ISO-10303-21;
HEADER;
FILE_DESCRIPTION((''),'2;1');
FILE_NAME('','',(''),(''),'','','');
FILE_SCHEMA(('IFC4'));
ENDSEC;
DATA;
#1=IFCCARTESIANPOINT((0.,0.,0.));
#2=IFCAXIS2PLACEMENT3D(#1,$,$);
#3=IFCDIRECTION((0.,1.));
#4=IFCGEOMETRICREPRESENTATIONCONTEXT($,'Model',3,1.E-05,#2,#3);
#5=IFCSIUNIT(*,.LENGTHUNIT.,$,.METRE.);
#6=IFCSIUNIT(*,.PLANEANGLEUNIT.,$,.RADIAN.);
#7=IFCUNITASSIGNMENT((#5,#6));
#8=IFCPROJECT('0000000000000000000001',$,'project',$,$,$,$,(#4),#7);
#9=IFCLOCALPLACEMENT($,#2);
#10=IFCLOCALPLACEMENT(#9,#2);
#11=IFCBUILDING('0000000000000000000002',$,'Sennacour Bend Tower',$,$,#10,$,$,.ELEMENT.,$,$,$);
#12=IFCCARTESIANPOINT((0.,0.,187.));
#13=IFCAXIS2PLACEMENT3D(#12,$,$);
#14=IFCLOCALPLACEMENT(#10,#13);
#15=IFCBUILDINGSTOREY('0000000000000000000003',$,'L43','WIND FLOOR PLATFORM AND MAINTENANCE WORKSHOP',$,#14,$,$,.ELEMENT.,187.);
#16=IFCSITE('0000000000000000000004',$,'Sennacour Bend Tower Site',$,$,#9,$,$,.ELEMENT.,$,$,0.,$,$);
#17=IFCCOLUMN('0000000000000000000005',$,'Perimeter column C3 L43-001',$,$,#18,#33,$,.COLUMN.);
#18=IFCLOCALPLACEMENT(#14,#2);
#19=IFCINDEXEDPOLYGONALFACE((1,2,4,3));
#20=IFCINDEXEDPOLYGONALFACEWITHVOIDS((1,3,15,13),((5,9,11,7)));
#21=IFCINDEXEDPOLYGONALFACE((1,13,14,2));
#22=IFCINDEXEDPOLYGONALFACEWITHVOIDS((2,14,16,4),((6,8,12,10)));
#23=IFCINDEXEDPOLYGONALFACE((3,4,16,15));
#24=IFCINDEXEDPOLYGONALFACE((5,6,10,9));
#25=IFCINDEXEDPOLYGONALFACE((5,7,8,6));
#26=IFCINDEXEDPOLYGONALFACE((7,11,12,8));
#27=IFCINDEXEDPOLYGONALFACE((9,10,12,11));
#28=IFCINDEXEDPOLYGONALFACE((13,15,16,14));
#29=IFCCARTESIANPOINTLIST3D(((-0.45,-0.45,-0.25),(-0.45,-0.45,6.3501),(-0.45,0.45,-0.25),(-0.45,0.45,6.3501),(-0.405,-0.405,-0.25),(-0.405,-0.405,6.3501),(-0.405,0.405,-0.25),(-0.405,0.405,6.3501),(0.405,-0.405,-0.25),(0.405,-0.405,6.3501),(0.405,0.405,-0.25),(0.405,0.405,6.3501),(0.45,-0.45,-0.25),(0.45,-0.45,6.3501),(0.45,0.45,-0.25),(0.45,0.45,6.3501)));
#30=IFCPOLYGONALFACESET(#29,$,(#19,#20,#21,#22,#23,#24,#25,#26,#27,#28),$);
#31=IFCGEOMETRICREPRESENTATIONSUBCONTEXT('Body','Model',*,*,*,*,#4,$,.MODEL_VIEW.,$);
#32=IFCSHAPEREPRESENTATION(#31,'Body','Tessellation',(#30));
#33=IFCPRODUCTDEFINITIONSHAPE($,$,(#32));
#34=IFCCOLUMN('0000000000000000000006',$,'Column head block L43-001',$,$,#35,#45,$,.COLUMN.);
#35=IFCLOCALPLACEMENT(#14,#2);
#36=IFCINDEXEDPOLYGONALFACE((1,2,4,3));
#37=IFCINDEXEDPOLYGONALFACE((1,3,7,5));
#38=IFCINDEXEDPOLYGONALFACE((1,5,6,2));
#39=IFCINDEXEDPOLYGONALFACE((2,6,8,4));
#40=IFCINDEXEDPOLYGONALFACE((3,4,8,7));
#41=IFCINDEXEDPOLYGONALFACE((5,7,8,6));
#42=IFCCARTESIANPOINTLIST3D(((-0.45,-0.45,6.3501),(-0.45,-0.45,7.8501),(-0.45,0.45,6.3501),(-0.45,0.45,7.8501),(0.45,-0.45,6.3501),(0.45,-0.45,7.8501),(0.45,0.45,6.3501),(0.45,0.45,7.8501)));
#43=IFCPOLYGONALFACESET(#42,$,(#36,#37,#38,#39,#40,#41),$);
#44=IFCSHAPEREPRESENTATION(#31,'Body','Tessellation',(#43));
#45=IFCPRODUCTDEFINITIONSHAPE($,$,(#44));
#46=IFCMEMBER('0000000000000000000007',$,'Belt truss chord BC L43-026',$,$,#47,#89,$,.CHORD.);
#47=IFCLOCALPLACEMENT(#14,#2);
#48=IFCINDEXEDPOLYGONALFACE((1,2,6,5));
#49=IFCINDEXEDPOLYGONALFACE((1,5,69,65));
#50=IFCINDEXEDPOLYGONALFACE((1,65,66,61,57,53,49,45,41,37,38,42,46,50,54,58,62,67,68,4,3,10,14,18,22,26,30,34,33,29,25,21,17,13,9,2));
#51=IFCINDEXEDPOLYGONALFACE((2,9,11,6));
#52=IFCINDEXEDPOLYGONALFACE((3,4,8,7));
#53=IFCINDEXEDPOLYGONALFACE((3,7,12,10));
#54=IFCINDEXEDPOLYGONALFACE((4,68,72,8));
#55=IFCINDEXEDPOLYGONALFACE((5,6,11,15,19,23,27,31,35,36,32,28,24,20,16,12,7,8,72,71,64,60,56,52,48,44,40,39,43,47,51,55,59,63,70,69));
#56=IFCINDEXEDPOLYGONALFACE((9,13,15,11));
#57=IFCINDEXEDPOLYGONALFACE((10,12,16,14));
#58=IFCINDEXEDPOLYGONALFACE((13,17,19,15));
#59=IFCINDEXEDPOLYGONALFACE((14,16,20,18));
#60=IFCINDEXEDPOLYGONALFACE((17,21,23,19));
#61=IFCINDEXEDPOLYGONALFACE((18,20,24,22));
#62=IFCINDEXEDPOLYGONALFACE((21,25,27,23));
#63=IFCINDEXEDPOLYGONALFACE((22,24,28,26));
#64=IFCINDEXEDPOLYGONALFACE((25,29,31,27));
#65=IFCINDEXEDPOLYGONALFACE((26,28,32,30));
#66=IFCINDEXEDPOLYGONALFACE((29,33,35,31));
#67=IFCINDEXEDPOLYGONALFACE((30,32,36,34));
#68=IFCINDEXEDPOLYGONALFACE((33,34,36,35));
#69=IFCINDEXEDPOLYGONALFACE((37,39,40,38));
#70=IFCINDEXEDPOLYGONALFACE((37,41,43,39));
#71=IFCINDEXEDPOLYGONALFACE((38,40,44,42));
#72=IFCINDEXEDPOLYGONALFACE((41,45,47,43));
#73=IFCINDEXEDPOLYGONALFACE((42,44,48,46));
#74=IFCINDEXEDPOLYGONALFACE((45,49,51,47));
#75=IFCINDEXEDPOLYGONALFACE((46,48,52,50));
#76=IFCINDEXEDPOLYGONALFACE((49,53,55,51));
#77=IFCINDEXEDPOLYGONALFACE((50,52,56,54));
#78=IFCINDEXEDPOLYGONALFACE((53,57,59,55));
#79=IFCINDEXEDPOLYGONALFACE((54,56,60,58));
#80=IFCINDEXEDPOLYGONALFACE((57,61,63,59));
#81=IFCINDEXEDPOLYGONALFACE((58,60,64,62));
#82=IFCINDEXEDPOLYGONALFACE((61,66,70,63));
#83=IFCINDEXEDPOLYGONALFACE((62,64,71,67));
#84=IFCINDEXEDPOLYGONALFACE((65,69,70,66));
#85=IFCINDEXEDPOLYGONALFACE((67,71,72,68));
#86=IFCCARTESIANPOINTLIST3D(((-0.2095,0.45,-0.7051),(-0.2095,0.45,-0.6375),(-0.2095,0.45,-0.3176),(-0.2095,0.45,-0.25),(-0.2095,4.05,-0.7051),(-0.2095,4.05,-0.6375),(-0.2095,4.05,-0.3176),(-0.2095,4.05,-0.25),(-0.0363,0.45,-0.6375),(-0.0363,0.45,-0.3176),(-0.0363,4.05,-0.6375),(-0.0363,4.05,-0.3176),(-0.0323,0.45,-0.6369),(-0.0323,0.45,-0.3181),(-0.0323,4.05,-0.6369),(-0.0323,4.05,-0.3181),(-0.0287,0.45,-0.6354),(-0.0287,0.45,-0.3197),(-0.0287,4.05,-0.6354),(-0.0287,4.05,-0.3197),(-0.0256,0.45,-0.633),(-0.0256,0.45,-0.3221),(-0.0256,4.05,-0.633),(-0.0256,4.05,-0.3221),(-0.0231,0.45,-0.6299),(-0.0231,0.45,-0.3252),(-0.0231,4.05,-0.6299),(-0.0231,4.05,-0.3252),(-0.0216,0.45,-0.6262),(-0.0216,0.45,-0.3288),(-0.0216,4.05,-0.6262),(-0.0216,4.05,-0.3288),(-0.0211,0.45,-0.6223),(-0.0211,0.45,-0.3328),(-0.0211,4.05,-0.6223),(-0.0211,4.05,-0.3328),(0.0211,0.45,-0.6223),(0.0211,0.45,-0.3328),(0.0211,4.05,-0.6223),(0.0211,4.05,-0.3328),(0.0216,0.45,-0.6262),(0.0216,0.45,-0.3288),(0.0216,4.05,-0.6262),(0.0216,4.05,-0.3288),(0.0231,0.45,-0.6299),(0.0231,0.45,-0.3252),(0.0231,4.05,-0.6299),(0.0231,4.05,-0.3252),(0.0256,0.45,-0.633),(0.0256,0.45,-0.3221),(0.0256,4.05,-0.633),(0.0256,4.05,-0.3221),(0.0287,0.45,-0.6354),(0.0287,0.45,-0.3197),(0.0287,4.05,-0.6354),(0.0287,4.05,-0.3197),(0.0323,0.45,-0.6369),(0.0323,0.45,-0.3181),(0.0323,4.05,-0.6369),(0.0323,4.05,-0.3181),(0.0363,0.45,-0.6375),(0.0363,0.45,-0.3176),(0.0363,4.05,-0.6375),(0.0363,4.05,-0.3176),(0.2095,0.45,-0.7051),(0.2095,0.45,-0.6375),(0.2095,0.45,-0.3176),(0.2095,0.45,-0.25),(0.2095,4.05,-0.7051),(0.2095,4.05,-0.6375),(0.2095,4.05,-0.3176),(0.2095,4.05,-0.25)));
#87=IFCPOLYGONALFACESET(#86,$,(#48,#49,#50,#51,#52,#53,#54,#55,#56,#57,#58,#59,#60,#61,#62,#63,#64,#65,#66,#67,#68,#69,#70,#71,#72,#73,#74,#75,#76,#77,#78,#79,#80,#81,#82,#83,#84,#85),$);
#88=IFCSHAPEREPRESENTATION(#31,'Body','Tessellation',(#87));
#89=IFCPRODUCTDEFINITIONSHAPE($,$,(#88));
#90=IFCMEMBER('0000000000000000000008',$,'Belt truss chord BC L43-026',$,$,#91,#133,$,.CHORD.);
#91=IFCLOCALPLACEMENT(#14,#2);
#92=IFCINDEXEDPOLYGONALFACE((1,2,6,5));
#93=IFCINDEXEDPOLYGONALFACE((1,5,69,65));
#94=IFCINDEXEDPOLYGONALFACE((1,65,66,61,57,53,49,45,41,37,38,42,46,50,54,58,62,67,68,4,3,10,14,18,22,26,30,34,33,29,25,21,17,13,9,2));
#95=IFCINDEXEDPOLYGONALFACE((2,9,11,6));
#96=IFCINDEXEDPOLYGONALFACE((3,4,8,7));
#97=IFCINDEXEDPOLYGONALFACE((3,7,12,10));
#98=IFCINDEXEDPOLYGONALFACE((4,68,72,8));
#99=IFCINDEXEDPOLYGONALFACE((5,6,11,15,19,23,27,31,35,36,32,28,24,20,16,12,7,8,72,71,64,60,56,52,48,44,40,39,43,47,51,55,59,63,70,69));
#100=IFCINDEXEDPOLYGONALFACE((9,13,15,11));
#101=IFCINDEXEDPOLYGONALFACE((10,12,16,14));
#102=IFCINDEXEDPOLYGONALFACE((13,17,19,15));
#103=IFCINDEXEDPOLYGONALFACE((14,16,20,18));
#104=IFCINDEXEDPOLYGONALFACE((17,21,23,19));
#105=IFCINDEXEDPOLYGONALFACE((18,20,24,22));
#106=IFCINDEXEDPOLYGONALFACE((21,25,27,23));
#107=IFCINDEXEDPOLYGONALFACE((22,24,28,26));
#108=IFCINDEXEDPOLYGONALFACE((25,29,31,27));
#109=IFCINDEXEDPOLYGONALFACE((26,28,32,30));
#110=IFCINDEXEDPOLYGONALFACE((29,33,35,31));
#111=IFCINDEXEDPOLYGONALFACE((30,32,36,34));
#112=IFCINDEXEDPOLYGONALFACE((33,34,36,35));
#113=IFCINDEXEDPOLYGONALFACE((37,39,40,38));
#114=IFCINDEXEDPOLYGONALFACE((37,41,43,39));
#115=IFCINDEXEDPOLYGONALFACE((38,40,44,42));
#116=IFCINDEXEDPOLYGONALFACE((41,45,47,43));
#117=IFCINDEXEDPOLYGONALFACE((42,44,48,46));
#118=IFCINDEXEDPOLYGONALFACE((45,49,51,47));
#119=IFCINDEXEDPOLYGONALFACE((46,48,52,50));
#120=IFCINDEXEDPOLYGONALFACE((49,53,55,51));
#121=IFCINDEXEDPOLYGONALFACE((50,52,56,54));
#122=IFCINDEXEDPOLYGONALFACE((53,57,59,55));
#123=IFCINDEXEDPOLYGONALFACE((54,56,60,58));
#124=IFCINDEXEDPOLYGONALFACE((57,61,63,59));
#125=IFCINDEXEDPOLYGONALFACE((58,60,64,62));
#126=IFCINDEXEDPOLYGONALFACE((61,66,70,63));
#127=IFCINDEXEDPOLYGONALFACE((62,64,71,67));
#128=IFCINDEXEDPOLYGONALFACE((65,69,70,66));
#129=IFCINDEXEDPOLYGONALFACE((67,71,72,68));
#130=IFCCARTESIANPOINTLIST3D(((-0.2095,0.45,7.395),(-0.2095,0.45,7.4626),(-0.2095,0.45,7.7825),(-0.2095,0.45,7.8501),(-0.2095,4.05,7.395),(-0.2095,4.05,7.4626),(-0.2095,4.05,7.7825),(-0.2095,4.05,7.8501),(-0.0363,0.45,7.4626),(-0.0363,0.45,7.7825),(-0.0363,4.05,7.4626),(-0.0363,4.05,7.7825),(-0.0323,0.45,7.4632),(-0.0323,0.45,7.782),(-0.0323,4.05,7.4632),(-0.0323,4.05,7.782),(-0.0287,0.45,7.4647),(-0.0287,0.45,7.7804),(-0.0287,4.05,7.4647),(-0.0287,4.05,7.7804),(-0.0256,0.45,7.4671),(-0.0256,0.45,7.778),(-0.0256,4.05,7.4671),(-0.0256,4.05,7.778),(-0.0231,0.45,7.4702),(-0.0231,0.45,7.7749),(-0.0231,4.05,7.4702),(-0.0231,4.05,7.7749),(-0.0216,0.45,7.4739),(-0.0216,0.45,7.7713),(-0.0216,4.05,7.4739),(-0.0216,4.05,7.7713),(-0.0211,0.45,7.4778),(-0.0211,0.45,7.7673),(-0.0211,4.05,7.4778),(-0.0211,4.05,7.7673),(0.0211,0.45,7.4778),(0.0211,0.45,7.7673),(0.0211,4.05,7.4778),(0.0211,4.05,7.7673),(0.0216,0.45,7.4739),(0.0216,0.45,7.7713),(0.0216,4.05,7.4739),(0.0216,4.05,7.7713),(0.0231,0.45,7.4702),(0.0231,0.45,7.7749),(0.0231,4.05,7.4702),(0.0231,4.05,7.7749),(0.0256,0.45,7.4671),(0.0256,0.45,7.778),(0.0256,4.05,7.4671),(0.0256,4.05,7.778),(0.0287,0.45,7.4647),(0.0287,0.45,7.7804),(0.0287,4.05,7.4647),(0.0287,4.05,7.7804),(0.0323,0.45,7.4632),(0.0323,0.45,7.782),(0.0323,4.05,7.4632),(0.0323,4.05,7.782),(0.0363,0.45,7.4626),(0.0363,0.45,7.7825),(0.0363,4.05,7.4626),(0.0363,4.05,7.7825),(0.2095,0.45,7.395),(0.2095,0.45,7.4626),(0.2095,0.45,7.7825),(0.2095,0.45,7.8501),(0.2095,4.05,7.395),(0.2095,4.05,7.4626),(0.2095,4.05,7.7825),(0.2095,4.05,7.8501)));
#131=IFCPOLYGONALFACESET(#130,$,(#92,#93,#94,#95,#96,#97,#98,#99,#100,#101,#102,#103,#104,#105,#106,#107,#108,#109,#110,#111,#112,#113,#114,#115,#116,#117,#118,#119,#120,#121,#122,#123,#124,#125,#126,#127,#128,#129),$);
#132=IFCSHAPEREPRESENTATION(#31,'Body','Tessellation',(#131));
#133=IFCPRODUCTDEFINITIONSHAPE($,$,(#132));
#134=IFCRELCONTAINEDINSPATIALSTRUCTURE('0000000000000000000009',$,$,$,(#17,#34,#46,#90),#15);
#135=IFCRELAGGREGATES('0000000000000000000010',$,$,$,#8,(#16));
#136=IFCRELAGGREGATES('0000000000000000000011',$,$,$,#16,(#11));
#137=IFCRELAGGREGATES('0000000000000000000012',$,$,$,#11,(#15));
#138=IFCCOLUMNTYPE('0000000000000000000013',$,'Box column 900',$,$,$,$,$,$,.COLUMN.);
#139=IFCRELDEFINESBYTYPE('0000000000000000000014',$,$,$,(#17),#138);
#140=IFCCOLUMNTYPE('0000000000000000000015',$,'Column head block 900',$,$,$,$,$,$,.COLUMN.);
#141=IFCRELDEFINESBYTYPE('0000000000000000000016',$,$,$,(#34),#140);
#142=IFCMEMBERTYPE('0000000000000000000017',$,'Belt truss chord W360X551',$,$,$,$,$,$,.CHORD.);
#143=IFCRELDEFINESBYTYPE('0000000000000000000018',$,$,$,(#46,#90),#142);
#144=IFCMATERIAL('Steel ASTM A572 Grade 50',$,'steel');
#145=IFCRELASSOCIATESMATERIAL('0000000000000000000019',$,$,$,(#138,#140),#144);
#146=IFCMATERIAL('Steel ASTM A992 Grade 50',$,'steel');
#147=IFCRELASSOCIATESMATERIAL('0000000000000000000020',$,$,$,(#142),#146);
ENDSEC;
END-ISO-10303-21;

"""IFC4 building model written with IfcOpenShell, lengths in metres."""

from ifc_helpers import new_model, si_unit, direction, frame, origin, origin_2d, place, context, subcontext, project, spatial, rectangle, hollow_rectangle, i_section, extrude, material, material_profile, profile_set, type_object, element, save


model = new_model("IFC4")

# Units and contexts
model_context = context("Model", 3, precision=1e-05, world=origin(), true_north=direction((0.0, 1.0)))
body_context = subcontext(model_context, "Body", "Model", "MODEL_VIEW")
ifc_project = project(units=[si_unit("LENGTHUNIT", "METRE"), si_unit("PLANEANGLEUNIT", "RADIAN")], contexts=[model_context])

# Site, building, storey
site_placement = place(None, origin())
site = spatial("IfcSite", under=ifc_project, at=site_placement, Name="Sennacour Bend Tower Site", CompositionType="ELEMENT", RefElevation=0.0)
building_placement = place(site_placement, origin())
building = spatial("IfcBuilding", under=site, at=building_placement, Name="Sennacour Bend Tower", CompositionType="ELEMENT")
storey_placement = place(building_placement, frame((0.0, 0.0, 187.0)))
storey = spatial("IfcBuildingStorey", under=building, at=storey_placement, Name="L43", Description="WIND FLOOR PLATFORM AND MAINTENANCE WORKSHOP", CompositionType="ELEMENT", Elevation=187.0)

# Columns
ifc_material_1 = material(Name="Steel ASTM A572 Grade 50", Category="steel")
ifc_material_profile_1 = material_profile(ifc_material_1, hollow_rectangle(XDim=0.8999, YDim=0.8999, WallThickness=0.0449, at=origin_2d()), Name="Steel ASTM A572 Grade 50", Category="steel")
ifc_profile_set_1 = profile_set([ifc_material_profile_1], Name="Steel ASTM A572 Grade 50")
column_type_1 = type_object("IfcColumnType", Name="Box column 900", PredefinedType="COLUMN", material=ifc_profile_set_1)
column_1_placement = place(storey_placement, frame((0.0, 0.0, -0.25), z_axis=(0.0, 0.0, 1.0), x_axis=(1.0, 0.0, 0.0)))
element("IfcColumn", 1, at=column_1_placement, inside=storey, type_object=column_type_1, Name="Perimeter column C3 L43-001", PredefinedType="COLUMN", context=body_context, shape_type="SweptSolid", body=[
    extrude(hollow_rectangle(XDim=0.8999, YDim=0.8999, WallThickness=0.0449, at=origin_2d()), origin(), (0.0, 0.0, 1.0), 6.6001),
])
ifc_material_profile_2 = material_profile(ifc_material_1, rectangle(XDim=0.8999, YDim=0.8999, at=origin_2d()), Name="Steel ASTM A572 Grade 50", Category="steel")
ifc_profile_set_2 = profile_set([ifc_material_profile_2], Name="Steel ASTM A572 Grade 50")
column_type_2 = type_object("IfcColumnType", Name="Column head block 900", PredefinedType="COLUMN", material=ifc_profile_set_2)
column_2_placement = place(storey_placement, frame((0.0, 0.0, 6.3501), z_axis=(0.0, 0.0, 1.0), x_axis=(1.0, 0.0, 0.0)))
element("IfcColumn", 2, at=column_2_placement, inside=storey, type_object=column_type_2, Name="Column head block L43-001", PredefinedType="COLUMN", context=body_context, shape_type="SweptSolid", body=[
    extrude(rectangle(XDim=0.8999, YDim=0.8999, at=origin_2d()), origin(), (0.0, 0.0, 1.0), 1.5),
])

# Members
ifc_material_2 = material(Name="Steel ASTM A992 Grade 50", Category="steel")
ifc_material_profile_3 = material_profile(ifc_material_2, i_section(OverallWidth=0.4189, OverallDepth=0.4551, WebThickness=0.0422, FlangeThickness=0.0676, FilletRadius=0.0151, at=origin_2d()), Name="Steel ASTM A992 Grade 50", Category="steel")
ifc_profile_set_3 = profile_set([ifc_material_profile_3], Name="Steel ASTM A992 Grade 50")
member_type_1 = type_object("IfcMemberType", Name="Belt truss chord W360X551", PredefinedType="CHORD", material=ifc_profile_set_3)
for number, where, z_axis, x_axis, name in (
    (3, (0.0, 0.45, -0.4775), (0.0, 1.0, 0.0), (-1.0, 0.0, 0.0), "Belt truss chord BC L43-026"),
    (4, (0.0, 0.45, 7.6226), (0.0, 1.0, 0.0), (-1.0, 0.0, 0.0), "Belt truss chord BC L43-026"),
):
    element("IfcMember", number, at=place(storey_placement, frame(where, z_axis=z_axis, x_axis=x_axis)), inside=storey, type_object=member_type_1, Name=name, PredefinedType="CHORD", context=body_context, shape_type="SweptSolid", body=[
        extrude(i_section(OverallWidth=0.4189, OverallDepth=0.4551, WebThickness=0.0422, FlangeThickness=0.0676, FilletRadius=0.0151, at=origin_2d()), origin(), (0.0, 0.0, 1.0), 3.6001),
    ])

save(model, "model.ifc")
